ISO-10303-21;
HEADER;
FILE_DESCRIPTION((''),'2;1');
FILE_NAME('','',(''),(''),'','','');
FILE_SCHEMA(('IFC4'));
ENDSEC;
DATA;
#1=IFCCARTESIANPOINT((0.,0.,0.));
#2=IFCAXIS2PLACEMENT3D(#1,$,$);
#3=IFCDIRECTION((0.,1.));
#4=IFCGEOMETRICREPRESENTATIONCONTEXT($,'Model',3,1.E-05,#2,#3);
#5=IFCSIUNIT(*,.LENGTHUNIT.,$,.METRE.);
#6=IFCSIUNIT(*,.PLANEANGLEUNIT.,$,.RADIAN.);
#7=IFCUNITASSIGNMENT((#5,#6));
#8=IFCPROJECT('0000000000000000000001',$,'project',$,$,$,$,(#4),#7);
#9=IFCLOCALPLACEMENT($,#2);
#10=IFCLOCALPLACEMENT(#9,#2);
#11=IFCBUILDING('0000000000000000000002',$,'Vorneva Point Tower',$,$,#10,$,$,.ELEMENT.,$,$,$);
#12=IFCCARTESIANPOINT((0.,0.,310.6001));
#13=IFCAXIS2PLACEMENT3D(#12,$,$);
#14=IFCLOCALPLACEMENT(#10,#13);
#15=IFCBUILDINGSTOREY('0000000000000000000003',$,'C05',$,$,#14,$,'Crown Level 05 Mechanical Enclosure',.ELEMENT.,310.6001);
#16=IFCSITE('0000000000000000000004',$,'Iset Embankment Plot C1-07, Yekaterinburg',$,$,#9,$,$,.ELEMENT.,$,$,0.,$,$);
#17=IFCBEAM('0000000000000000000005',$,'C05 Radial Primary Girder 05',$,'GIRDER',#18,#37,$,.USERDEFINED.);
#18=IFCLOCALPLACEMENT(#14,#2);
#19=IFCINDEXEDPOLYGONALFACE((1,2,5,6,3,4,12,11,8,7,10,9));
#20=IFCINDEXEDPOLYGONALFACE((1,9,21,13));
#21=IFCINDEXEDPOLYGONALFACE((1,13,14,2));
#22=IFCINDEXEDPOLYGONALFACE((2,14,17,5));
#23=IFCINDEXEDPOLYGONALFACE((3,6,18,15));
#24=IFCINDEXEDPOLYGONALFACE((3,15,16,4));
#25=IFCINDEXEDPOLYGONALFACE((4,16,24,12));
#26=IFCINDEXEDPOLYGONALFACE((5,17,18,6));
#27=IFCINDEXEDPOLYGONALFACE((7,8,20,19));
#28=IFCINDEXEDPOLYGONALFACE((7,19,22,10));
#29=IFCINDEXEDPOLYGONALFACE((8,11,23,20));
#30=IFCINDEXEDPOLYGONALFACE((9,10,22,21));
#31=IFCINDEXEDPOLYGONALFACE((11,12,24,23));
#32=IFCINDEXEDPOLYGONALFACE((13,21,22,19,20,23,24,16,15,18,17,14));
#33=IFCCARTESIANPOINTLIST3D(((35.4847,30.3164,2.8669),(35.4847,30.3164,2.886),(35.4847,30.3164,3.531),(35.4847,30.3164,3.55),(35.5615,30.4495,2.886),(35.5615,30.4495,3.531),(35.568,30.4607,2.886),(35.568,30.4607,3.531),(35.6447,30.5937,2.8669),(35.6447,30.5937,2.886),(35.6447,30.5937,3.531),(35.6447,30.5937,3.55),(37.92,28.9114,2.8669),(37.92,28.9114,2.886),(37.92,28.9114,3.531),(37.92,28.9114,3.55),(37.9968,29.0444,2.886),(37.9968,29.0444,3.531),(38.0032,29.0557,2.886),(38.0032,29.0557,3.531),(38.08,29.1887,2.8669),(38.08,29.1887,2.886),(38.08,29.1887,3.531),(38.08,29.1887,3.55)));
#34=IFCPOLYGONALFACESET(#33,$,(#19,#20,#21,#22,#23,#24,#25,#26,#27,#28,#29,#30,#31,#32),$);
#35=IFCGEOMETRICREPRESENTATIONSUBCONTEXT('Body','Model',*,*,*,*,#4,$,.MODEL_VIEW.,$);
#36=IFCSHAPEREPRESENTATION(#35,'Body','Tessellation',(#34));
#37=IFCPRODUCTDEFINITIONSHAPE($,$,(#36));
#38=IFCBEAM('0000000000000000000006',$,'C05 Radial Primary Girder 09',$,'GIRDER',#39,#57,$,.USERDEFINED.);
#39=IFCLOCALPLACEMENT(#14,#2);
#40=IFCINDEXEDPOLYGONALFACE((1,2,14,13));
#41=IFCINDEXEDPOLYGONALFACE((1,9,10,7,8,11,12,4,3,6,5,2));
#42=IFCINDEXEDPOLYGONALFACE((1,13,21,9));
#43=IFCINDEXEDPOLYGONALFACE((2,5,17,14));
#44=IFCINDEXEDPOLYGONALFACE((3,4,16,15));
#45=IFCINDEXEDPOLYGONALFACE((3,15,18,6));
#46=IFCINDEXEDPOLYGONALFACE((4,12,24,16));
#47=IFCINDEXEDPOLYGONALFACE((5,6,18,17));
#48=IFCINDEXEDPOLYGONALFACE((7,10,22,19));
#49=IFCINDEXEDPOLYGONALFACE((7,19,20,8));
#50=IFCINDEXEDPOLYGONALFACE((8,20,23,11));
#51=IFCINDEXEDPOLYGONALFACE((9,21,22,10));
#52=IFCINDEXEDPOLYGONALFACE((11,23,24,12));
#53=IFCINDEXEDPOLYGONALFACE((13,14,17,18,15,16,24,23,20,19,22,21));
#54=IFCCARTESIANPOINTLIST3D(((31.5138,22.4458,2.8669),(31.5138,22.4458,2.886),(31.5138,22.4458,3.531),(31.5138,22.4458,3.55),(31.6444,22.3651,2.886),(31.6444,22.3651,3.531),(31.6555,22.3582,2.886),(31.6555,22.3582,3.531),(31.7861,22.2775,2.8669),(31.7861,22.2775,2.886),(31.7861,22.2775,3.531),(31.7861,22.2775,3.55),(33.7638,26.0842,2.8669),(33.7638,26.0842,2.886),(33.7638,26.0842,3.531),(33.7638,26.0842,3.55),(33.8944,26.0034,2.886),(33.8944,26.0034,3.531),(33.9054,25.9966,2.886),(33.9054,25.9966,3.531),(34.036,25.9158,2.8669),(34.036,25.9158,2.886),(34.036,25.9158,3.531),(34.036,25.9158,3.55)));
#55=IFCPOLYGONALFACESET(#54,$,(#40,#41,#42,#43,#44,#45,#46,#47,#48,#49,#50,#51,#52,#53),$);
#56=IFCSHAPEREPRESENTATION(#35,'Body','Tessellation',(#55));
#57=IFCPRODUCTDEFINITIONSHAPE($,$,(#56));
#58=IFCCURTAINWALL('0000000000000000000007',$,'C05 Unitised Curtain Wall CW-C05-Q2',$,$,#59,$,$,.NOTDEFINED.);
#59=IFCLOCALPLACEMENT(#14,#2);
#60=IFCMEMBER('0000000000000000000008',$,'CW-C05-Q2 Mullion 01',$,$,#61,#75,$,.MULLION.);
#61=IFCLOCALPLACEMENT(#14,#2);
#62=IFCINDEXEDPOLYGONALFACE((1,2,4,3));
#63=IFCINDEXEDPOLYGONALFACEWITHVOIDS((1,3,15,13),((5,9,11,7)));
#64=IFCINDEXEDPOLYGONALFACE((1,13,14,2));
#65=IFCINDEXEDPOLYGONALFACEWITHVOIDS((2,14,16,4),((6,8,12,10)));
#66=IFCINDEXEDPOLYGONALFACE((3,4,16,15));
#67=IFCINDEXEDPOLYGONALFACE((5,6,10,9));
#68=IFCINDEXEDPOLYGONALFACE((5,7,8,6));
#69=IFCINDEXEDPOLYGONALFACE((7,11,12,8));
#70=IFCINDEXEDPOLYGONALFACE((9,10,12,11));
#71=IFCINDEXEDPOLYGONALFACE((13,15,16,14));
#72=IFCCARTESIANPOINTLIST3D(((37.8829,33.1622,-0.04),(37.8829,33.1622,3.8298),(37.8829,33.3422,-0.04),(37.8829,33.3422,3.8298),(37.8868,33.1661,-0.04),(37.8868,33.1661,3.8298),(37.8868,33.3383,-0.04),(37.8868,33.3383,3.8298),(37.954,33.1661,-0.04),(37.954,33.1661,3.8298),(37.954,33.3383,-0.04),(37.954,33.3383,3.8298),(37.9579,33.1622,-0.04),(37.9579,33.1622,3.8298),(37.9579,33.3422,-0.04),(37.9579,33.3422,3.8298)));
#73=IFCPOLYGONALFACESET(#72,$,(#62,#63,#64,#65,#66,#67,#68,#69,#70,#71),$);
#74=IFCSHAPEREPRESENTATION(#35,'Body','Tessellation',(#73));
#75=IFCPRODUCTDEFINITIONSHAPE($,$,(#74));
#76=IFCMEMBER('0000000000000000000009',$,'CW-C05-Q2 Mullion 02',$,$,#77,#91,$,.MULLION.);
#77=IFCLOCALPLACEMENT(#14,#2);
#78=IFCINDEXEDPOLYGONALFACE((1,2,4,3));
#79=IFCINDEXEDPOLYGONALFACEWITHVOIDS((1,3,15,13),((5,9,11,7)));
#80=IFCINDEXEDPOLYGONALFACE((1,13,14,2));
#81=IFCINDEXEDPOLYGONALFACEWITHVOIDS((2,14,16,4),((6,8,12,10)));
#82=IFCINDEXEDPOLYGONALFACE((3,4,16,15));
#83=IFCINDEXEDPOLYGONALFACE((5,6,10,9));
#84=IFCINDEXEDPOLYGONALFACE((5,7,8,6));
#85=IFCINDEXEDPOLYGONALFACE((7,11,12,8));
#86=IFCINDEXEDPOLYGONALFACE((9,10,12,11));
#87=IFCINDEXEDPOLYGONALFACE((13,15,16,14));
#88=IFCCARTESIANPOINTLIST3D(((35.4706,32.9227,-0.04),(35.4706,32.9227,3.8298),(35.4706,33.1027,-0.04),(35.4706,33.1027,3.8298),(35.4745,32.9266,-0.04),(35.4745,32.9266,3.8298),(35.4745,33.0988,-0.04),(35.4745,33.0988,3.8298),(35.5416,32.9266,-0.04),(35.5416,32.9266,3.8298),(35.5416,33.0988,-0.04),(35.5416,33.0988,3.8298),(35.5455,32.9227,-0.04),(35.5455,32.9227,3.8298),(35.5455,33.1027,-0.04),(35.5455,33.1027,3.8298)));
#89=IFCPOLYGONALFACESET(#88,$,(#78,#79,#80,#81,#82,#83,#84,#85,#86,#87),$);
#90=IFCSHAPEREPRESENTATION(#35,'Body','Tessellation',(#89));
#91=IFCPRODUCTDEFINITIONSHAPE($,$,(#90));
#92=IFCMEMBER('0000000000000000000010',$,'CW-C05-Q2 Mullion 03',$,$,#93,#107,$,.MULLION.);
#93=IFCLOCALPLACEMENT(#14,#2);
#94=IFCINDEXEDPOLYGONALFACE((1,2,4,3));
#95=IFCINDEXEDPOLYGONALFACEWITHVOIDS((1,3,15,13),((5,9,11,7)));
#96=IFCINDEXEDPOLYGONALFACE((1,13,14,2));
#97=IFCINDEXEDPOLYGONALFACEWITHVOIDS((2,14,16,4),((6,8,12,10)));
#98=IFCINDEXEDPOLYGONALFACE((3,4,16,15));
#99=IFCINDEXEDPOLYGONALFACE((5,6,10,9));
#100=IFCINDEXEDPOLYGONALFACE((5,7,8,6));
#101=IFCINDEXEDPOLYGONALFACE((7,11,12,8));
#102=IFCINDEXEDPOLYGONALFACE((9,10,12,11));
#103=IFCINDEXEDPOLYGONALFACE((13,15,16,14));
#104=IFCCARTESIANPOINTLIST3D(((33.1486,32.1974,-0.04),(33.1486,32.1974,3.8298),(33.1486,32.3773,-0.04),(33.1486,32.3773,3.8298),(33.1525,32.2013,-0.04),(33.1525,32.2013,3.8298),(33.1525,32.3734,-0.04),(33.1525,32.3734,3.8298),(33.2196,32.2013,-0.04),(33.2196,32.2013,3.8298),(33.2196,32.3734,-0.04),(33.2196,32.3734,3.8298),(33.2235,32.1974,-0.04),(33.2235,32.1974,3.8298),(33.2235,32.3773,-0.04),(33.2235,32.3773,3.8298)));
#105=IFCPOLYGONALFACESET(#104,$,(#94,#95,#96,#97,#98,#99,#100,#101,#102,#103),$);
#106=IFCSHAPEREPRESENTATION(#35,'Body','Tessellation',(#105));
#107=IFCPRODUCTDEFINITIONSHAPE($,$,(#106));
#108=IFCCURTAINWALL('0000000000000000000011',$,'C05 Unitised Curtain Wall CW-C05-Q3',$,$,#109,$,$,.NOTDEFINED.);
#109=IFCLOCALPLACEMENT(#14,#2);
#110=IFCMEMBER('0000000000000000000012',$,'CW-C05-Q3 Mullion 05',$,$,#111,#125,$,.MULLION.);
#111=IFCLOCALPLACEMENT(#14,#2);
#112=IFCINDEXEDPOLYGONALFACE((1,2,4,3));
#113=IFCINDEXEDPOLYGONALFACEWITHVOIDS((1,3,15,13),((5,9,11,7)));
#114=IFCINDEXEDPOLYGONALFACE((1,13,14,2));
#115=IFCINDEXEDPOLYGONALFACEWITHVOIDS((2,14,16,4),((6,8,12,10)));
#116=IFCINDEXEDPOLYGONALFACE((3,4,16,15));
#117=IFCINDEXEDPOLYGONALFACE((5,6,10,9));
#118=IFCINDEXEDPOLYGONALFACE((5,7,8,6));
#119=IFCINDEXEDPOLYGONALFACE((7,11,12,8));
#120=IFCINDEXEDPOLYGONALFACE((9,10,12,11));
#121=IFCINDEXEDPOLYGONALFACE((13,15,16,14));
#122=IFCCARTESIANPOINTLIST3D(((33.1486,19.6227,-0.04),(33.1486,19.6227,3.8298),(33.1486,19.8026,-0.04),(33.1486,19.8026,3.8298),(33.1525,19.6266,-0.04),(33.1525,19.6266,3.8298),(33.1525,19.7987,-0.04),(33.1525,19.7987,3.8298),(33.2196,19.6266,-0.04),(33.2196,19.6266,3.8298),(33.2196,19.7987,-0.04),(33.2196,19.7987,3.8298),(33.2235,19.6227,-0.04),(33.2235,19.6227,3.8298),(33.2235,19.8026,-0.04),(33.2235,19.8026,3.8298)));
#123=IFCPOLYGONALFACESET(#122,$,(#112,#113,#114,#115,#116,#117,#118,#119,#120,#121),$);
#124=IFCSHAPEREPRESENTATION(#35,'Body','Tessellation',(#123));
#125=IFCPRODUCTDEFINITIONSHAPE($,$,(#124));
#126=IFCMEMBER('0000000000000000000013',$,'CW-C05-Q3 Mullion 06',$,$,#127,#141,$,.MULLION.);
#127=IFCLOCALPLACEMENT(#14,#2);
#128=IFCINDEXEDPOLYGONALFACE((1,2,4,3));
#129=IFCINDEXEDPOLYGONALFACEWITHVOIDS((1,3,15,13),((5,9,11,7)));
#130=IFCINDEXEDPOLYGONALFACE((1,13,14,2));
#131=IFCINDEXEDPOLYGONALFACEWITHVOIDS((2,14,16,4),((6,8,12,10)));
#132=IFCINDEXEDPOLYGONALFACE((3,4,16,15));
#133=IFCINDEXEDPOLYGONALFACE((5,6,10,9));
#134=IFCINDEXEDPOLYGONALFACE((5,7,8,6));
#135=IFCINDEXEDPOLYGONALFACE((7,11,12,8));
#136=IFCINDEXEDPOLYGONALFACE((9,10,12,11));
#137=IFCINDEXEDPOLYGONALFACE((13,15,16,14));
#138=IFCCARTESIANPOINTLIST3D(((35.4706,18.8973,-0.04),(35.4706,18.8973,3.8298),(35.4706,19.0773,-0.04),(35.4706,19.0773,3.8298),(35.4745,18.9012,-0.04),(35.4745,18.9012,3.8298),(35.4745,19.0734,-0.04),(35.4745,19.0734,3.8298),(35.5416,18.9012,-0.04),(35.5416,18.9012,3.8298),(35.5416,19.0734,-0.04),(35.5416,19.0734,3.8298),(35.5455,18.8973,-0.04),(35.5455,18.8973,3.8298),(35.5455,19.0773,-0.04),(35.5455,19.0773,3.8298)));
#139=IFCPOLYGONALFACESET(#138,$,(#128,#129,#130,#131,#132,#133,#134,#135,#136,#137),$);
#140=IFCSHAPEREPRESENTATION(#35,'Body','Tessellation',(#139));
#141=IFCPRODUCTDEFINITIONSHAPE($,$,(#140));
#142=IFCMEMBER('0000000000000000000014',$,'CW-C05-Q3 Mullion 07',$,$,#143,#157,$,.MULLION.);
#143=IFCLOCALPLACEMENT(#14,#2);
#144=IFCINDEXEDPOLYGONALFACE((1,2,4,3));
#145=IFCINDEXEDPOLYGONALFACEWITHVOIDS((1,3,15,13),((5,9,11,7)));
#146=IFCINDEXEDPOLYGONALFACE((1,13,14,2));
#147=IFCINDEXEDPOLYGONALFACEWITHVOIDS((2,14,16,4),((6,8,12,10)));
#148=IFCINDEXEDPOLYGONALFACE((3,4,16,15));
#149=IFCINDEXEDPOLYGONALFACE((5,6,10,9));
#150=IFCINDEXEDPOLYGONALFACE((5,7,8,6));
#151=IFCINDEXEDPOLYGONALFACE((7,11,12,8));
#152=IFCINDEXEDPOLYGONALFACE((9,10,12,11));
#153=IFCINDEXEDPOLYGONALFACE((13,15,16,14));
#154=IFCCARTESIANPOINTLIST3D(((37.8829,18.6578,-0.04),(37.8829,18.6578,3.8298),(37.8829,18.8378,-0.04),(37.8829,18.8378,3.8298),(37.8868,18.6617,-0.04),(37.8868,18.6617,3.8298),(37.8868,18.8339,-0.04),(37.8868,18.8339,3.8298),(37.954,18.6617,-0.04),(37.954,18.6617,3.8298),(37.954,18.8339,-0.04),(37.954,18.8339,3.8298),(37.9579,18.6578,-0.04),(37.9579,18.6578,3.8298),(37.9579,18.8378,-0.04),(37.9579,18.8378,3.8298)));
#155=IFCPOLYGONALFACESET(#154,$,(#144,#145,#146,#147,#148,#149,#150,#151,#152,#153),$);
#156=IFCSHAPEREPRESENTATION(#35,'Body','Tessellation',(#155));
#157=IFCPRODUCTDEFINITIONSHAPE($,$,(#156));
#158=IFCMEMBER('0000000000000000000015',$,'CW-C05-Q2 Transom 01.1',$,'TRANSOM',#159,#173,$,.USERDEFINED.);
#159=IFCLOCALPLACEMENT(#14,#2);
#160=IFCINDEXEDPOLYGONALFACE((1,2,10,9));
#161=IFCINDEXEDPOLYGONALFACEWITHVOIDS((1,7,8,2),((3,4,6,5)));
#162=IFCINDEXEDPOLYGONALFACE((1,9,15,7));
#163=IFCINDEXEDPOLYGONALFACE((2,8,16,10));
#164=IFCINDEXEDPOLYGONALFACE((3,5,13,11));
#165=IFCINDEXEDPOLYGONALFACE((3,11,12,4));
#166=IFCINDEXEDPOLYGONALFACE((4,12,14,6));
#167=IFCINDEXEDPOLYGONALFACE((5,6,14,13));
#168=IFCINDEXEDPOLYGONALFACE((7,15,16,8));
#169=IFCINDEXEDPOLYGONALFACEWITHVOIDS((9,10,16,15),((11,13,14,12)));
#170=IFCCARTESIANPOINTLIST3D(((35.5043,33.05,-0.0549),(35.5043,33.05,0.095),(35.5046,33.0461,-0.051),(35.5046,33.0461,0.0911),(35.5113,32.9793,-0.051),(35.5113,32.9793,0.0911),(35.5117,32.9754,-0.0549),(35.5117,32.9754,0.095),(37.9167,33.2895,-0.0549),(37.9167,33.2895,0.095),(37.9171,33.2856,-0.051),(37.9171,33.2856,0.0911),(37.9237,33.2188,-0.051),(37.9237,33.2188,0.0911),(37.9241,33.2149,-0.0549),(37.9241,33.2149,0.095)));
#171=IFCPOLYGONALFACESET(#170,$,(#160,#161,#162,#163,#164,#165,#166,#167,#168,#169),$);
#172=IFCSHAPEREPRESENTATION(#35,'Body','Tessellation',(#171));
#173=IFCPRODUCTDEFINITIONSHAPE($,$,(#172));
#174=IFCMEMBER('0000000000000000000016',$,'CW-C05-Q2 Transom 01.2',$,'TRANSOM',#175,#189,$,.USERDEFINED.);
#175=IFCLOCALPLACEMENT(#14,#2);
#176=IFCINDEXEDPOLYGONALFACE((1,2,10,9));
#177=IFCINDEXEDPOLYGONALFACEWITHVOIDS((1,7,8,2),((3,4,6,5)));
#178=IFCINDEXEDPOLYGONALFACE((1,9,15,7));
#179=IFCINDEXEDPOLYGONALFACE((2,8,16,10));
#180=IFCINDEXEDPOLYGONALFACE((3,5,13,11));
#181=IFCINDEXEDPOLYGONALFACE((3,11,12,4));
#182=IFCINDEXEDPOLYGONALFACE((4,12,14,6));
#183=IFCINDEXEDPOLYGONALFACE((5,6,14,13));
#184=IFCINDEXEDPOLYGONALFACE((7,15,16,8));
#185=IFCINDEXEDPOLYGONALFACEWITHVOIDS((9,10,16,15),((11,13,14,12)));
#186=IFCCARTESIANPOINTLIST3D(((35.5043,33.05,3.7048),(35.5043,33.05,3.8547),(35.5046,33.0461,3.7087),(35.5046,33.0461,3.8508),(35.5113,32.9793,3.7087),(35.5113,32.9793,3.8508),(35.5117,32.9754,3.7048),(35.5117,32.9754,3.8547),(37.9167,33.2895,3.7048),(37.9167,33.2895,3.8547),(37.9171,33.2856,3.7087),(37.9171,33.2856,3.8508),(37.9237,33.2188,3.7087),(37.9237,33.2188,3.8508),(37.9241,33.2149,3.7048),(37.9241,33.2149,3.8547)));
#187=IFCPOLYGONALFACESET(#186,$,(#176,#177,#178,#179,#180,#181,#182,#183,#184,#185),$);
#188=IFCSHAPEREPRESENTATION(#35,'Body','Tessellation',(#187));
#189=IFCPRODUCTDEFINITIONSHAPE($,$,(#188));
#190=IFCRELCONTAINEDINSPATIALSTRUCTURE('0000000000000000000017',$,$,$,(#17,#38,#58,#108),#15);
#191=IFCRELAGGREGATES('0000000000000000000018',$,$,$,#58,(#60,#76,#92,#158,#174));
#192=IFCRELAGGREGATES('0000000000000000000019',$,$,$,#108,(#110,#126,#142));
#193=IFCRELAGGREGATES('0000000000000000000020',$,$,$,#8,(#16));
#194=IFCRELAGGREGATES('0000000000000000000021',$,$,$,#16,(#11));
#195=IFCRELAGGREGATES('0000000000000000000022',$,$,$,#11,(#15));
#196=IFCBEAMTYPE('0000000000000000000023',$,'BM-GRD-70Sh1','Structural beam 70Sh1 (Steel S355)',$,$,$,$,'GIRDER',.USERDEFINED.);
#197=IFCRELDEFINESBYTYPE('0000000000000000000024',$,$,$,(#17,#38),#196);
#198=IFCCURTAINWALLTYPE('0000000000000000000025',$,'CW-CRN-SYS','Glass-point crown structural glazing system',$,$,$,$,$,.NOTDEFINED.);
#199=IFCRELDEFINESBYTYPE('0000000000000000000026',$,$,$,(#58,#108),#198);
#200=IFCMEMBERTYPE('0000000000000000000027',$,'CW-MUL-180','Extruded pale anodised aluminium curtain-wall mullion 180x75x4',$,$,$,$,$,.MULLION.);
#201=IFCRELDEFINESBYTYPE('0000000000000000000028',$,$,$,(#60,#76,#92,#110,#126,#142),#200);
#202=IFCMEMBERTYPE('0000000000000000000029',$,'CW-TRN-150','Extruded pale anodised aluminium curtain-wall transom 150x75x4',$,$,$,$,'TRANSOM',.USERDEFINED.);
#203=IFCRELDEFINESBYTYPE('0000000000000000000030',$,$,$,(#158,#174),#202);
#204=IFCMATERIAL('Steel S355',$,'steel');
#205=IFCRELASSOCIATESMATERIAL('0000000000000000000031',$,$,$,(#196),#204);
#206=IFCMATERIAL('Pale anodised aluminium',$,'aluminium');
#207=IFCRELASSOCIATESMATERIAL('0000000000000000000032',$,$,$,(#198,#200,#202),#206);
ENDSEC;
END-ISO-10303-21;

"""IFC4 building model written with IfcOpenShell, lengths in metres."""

from ifc_helpers import new_model, si_unit, direction, frame, origin, origin_2d, place, context, subcontext, project, spatial, hollow_rectangle, i_section, extrude, material, material_profile, profile_set, type_object, element, aggregate, save


model = new_model("IFC4")

# Units and contexts
model_context = context("Model", 3, precision=1e-05, world=origin(), true_north=direction((0.0, 1.0)))
body_context = subcontext(model_context, "Body", "Model", "MODEL_VIEW")
ifc_project = project(units=[si_unit("LENGTHUNIT", "METRE"), si_unit("PLANEANGLEUNIT", "RADIAN")], contexts=[model_context])

# Site, building, storey
site_placement = place(None, origin())
site = spatial("IfcSite", under=ifc_project, at=site_placement, Name="Iset Embankment Plot C1-07, Yekaterinburg", CompositionType="ELEMENT", RefElevation=0.0)
building_placement = place(site_placement, origin())
building = spatial("IfcBuilding", under=site, at=building_placement, Name="Vorneva Point Tower", CompositionType="ELEMENT")
storey_placement = place(building_placement, frame((0.0, 0.0, 310.6001)))
storey = spatial("IfcBuildingStorey", under=building, at=storey_placement, Name="C05", LongName="Crown Level 05 Mechanical Enclosure", CompositionType="ELEMENT", Elevation=310.6001)

# Shared definitions
ifc_material_1 = material(Name="Steel S355", Category="steel")

# Beams
ifc_material_profile_1 = material_profile(ifc_material_1, i_section(OverallWidth=0.3201, OverallDepth=0.6831, WebThickness=0.0129, FlangeThickness=0.019, at=origin_2d()), Name="70Sh1")
ifc_profile_set_1 = profile_set([ifc_material_profile_1], Name="Steel S355")
beam_type_1 = type_object("IfcBeamType", Name="BM-GRD-70Sh1", Description="Structural beam 70Sh1 (Steel S355)", ElementType="GIRDER", PredefinedType="USERDEFINED", material=ifc_profile_set_1)
beam_1_placement = place(storey_placement, frame((38.0, 29.05, 3.2085), z_axis=(-0.866178, 0.499735, 0.0), x_axis=(-0.499735, -0.866178, 0.0)))
element("IfcBeam", 1, at=beam_1_placement, inside=storey, type_object=beam_type_1, Name="C05 Radial Primary Girder 05", ObjectType="GIRDER", PredefinedType="USERDEFINED", context=body_context, shape_type="SweptSolid", body=[
    extrude(i_section(OverallWidth=0.3201, OverallDepth=0.6831, WebThickness=0.0129, FlangeThickness=0.019, at=origin_2d()), origin(), (0.0, 0.0, 1.0), 2.8115),
])
beam_2_placement = place(storey_placement, frame((33.8999, 26.0, 3.2085), z_axis=(-0.525956, -0.850512, 0.0), x_axis=(0.850512, -0.525956, 0.0)))
element("IfcBeam", 2, at=beam_2_placement, inside=storey, type_object=beam_type_1, Name="C05 Radial Primary Girder 09", ObjectType="GIRDER", PredefinedType="USERDEFINED", context=body_context, shape_type="SweptSolid", body=[
    extrude(i_section(OverallWidth=0.3201, OverallDepth=0.6831, WebThickness=0.0129, FlangeThickness=0.019, at=origin_2d()), origin(), (0.0, 0.0, 1.0), 4.2778),
])

# Curtain walls, members
ifc_material_2 = material(Name="Pale anodised aluminium", Category="aluminium")
curtain_wall_type = type_object("IfcCurtainWallType", Name="CW-CRN-SYS", Description="Glass-point crown structural glazing system", PredefinedType="NOTDEFINED", material=ifc_material_2)
curtain_wall_1_placement = place(storey_placement, origin())
curtain_wall_1 = element("IfcCurtainWall", 3, at=curtain_wall_1_placement, inside=storey, type_object=curtain_wall_type, Name="C05 Unitised Curtain Wall CW-C05-Q2", PredefinedType="NOTDEFINED")
ifc_material_profile_2 = material_profile(ifc_material_2, hollow_rectangle(XDim=0.075, YDim=0.1799, WallThickness=0.0039, at=origin_2d()), Name="AL-MUL 180x75x4")
ifc_profile_set_2 = profile_set([ifc_material_profile_2], Name="Pale anodised aluminium")
member_type_1 = type_object("IfcMemberType", Name="CW-MUL-180", Description="Extruded pale anodised aluminium curtain-wall mullion 180x75x4", PredefinedType="MULLION", material=ifc_profile_set_2)
member_1_placement = place(storey_placement, frame((37.9204, 33.2522, -0.04), z_axis=(0.0, 0.0, 1.0), x_axis=(1.0, 0.0, 0.0)))
member_1 = element("IfcMember", 4, at=member_1_placement, type_object=member_type_1, Name="CW-C05-Q2 Mullion 01", PredefinedType="MULLION", context=body_context, shape_type="SweptSolid", body=[
    extrude(hollow_rectangle(XDim=0.075, YDim=0.1799, WallThickness=0.0039, at=origin_2d()), origin(), (0.0, 0.0, 1.0), 3.8699),
])
member_2_placement = place(storey_placement, frame((35.5081, 33.0127, -0.04), z_axis=(0.0, 0.0, 1.0), x_axis=(1.0, 0.0, 0.0)))
member_2 = element("IfcMember", 5, at=member_2_placement, type_object=member_type_1, Name="CW-C05-Q2 Mullion 02", PredefinedType="MULLION", context=body_context, shape_type="SweptSolid", body=[
    extrude(hollow_rectangle(XDim=0.075, YDim=0.1799, WallThickness=0.0039, at=origin_2d()), origin(), (0.0, 0.0, 1.0), 3.8699),
])
member_3_placement = place(storey_placement, frame((33.186, 32.2874, -0.04), z_axis=(0.0, 0.0, 1.0), x_axis=(1.0, 0.0, 0.0)))
member_3 = element("IfcMember", 6, at=member_3_placement, type_object=member_type_1, Name="CW-C05-Q2 Mullion 03", PredefinedType="MULLION", context=body_context, shape_type="SweptSolid", body=[
    extrude(hollow_rectangle(XDim=0.075, YDim=0.1799, WallThickness=0.0039, at=origin_2d()), origin(), (0.0, 0.0, 1.0), 3.8699),
])
curtain_wall_2_placement = place(storey_placement, origin())
curtain_wall_2 = element("IfcCurtainWall", 7, at=curtain_wall_2_placement, inside=storey, type_object=curtain_wall_type, Name="C05 Unitised Curtain Wall CW-C05-Q3", PredefinedType="NOTDEFINED")
member_4_placement = place(storey_placement, frame((33.186, 19.7126, -0.04), z_axis=(0.0, 0.0, 1.0), x_axis=(1.0, 0.0, 0.0)))
member_4 = element("IfcMember", 8, at=member_4_placement, type_object=member_type_1, Name="CW-C05-Q3 Mullion 05", PredefinedType="MULLION", context=body_context, shape_type="SweptSolid", body=[
    extrude(hollow_rectangle(XDim=0.075, YDim=0.1799, WallThickness=0.0039, at=origin_2d()), origin(), (0.0, 0.0, 1.0), 3.8699),
])
member_5_placement = place(storey_placement, frame((35.5081, 18.9873, -0.04), z_axis=(0.0, 0.0, 1.0), x_axis=(1.0, 0.0, 0.0)))
member_5 = element("IfcMember", 9, at=member_5_placement, type_object=member_type_1, Name="CW-C05-Q3 Mullion 06", PredefinedType="MULLION", context=body_context, shape_type="SweptSolid", body=[
    extrude(hollow_rectangle(XDim=0.075, YDim=0.1799, WallThickness=0.0039, at=origin_2d()), origin(), (0.0, 0.0, 1.0), 3.8699),
])
member_6_placement = place(storey_placement, frame((37.9204, 18.7478, -0.04), z_axis=(0.0, 0.0, 1.0), x_axis=(1.0, 0.0, 0.0)))
member_6 = element("IfcMember", 10, at=member_6_placement, type_object=member_type_1, Name="CW-C05-Q3 Mullion 07", PredefinedType="MULLION", context=body_context, shape_type="SweptSolid", body=[
    extrude(hollow_rectangle(XDim=0.075, YDim=0.1799, WallThickness=0.0039, at=origin_2d()), origin(), (0.0, 0.0, 1.0), 3.8699),
])

# Members
ifc_material_profile_3 = material_profile(ifc_material_2, hollow_rectangle(XDim=0.075, YDim=0.1499, WallThickness=0.0039, at=origin_2d()), Name="AL-TRN 150x75x4")
ifc_profile_set_3 = profile_set([ifc_material_profile_3], Name="Pale anodised aluminium")
member_type_2 = type_object("IfcMemberType", Name="CW-TRN-150", Description="Extruded pale anodised aluminium curtain-wall transom 150x75x4", ElementType="TRANSOM", PredefinedType="USERDEFINED", material=ifc_profile_set_3)
member_7_placement = place(storey_placement, frame((37.9204, 33.2522, 0.02), z_axis=(-0.995108, -0.098796, 0.0), x_axis=(0.098796, -0.995108, 0.0)))
member_7 = element("IfcMember", 11, at=member_7_placement, type_object=member_type_2, Name="CW-C05-Q2 Transom 01.1", ObjectType="TRANSOM", PredefinedType="USERDEFINED", context=body_context, shape_type="SweptSolid", body=[
    extrude(hollow_rectangle(XDim=0.075, YDim=0.1499, WallThickness=0.0039, at=origin_2d()), origin(), (0.0, 0.0, 1.0), 2.4243),
])
member_8_placement = place(storey_placement, frame((37.9204, 33.2522, 3.7798), z_axis=(-0.995108, -0.098796, 0.0), x_axis=(0.098796, -0.995108, 0.0)))
member_8 = element("IfcMember", 12, at=member_8_placement, type_object=member_type_2, Name="CW-C05-Q2 Transom 01.2", ObjectType="TRANSOM", PredefinedType="USERDEFINED", context=body_context, shape_type="SweptSolid", body=[
    extrude(hollow_rectangle(XDim=0.075, YDim=0.1499, WallThickness=0.0039, at=origin_2d()), origin(), (0.0, 0.0, 1.0), 2.4243),
])

aggregate(curtain_wall_1, [member_1, member_2, member_3, member_7, member_8])
aggregate(curtain_wall_2, [member_4, member_5, member_6])

save(model, "model.ifc")
